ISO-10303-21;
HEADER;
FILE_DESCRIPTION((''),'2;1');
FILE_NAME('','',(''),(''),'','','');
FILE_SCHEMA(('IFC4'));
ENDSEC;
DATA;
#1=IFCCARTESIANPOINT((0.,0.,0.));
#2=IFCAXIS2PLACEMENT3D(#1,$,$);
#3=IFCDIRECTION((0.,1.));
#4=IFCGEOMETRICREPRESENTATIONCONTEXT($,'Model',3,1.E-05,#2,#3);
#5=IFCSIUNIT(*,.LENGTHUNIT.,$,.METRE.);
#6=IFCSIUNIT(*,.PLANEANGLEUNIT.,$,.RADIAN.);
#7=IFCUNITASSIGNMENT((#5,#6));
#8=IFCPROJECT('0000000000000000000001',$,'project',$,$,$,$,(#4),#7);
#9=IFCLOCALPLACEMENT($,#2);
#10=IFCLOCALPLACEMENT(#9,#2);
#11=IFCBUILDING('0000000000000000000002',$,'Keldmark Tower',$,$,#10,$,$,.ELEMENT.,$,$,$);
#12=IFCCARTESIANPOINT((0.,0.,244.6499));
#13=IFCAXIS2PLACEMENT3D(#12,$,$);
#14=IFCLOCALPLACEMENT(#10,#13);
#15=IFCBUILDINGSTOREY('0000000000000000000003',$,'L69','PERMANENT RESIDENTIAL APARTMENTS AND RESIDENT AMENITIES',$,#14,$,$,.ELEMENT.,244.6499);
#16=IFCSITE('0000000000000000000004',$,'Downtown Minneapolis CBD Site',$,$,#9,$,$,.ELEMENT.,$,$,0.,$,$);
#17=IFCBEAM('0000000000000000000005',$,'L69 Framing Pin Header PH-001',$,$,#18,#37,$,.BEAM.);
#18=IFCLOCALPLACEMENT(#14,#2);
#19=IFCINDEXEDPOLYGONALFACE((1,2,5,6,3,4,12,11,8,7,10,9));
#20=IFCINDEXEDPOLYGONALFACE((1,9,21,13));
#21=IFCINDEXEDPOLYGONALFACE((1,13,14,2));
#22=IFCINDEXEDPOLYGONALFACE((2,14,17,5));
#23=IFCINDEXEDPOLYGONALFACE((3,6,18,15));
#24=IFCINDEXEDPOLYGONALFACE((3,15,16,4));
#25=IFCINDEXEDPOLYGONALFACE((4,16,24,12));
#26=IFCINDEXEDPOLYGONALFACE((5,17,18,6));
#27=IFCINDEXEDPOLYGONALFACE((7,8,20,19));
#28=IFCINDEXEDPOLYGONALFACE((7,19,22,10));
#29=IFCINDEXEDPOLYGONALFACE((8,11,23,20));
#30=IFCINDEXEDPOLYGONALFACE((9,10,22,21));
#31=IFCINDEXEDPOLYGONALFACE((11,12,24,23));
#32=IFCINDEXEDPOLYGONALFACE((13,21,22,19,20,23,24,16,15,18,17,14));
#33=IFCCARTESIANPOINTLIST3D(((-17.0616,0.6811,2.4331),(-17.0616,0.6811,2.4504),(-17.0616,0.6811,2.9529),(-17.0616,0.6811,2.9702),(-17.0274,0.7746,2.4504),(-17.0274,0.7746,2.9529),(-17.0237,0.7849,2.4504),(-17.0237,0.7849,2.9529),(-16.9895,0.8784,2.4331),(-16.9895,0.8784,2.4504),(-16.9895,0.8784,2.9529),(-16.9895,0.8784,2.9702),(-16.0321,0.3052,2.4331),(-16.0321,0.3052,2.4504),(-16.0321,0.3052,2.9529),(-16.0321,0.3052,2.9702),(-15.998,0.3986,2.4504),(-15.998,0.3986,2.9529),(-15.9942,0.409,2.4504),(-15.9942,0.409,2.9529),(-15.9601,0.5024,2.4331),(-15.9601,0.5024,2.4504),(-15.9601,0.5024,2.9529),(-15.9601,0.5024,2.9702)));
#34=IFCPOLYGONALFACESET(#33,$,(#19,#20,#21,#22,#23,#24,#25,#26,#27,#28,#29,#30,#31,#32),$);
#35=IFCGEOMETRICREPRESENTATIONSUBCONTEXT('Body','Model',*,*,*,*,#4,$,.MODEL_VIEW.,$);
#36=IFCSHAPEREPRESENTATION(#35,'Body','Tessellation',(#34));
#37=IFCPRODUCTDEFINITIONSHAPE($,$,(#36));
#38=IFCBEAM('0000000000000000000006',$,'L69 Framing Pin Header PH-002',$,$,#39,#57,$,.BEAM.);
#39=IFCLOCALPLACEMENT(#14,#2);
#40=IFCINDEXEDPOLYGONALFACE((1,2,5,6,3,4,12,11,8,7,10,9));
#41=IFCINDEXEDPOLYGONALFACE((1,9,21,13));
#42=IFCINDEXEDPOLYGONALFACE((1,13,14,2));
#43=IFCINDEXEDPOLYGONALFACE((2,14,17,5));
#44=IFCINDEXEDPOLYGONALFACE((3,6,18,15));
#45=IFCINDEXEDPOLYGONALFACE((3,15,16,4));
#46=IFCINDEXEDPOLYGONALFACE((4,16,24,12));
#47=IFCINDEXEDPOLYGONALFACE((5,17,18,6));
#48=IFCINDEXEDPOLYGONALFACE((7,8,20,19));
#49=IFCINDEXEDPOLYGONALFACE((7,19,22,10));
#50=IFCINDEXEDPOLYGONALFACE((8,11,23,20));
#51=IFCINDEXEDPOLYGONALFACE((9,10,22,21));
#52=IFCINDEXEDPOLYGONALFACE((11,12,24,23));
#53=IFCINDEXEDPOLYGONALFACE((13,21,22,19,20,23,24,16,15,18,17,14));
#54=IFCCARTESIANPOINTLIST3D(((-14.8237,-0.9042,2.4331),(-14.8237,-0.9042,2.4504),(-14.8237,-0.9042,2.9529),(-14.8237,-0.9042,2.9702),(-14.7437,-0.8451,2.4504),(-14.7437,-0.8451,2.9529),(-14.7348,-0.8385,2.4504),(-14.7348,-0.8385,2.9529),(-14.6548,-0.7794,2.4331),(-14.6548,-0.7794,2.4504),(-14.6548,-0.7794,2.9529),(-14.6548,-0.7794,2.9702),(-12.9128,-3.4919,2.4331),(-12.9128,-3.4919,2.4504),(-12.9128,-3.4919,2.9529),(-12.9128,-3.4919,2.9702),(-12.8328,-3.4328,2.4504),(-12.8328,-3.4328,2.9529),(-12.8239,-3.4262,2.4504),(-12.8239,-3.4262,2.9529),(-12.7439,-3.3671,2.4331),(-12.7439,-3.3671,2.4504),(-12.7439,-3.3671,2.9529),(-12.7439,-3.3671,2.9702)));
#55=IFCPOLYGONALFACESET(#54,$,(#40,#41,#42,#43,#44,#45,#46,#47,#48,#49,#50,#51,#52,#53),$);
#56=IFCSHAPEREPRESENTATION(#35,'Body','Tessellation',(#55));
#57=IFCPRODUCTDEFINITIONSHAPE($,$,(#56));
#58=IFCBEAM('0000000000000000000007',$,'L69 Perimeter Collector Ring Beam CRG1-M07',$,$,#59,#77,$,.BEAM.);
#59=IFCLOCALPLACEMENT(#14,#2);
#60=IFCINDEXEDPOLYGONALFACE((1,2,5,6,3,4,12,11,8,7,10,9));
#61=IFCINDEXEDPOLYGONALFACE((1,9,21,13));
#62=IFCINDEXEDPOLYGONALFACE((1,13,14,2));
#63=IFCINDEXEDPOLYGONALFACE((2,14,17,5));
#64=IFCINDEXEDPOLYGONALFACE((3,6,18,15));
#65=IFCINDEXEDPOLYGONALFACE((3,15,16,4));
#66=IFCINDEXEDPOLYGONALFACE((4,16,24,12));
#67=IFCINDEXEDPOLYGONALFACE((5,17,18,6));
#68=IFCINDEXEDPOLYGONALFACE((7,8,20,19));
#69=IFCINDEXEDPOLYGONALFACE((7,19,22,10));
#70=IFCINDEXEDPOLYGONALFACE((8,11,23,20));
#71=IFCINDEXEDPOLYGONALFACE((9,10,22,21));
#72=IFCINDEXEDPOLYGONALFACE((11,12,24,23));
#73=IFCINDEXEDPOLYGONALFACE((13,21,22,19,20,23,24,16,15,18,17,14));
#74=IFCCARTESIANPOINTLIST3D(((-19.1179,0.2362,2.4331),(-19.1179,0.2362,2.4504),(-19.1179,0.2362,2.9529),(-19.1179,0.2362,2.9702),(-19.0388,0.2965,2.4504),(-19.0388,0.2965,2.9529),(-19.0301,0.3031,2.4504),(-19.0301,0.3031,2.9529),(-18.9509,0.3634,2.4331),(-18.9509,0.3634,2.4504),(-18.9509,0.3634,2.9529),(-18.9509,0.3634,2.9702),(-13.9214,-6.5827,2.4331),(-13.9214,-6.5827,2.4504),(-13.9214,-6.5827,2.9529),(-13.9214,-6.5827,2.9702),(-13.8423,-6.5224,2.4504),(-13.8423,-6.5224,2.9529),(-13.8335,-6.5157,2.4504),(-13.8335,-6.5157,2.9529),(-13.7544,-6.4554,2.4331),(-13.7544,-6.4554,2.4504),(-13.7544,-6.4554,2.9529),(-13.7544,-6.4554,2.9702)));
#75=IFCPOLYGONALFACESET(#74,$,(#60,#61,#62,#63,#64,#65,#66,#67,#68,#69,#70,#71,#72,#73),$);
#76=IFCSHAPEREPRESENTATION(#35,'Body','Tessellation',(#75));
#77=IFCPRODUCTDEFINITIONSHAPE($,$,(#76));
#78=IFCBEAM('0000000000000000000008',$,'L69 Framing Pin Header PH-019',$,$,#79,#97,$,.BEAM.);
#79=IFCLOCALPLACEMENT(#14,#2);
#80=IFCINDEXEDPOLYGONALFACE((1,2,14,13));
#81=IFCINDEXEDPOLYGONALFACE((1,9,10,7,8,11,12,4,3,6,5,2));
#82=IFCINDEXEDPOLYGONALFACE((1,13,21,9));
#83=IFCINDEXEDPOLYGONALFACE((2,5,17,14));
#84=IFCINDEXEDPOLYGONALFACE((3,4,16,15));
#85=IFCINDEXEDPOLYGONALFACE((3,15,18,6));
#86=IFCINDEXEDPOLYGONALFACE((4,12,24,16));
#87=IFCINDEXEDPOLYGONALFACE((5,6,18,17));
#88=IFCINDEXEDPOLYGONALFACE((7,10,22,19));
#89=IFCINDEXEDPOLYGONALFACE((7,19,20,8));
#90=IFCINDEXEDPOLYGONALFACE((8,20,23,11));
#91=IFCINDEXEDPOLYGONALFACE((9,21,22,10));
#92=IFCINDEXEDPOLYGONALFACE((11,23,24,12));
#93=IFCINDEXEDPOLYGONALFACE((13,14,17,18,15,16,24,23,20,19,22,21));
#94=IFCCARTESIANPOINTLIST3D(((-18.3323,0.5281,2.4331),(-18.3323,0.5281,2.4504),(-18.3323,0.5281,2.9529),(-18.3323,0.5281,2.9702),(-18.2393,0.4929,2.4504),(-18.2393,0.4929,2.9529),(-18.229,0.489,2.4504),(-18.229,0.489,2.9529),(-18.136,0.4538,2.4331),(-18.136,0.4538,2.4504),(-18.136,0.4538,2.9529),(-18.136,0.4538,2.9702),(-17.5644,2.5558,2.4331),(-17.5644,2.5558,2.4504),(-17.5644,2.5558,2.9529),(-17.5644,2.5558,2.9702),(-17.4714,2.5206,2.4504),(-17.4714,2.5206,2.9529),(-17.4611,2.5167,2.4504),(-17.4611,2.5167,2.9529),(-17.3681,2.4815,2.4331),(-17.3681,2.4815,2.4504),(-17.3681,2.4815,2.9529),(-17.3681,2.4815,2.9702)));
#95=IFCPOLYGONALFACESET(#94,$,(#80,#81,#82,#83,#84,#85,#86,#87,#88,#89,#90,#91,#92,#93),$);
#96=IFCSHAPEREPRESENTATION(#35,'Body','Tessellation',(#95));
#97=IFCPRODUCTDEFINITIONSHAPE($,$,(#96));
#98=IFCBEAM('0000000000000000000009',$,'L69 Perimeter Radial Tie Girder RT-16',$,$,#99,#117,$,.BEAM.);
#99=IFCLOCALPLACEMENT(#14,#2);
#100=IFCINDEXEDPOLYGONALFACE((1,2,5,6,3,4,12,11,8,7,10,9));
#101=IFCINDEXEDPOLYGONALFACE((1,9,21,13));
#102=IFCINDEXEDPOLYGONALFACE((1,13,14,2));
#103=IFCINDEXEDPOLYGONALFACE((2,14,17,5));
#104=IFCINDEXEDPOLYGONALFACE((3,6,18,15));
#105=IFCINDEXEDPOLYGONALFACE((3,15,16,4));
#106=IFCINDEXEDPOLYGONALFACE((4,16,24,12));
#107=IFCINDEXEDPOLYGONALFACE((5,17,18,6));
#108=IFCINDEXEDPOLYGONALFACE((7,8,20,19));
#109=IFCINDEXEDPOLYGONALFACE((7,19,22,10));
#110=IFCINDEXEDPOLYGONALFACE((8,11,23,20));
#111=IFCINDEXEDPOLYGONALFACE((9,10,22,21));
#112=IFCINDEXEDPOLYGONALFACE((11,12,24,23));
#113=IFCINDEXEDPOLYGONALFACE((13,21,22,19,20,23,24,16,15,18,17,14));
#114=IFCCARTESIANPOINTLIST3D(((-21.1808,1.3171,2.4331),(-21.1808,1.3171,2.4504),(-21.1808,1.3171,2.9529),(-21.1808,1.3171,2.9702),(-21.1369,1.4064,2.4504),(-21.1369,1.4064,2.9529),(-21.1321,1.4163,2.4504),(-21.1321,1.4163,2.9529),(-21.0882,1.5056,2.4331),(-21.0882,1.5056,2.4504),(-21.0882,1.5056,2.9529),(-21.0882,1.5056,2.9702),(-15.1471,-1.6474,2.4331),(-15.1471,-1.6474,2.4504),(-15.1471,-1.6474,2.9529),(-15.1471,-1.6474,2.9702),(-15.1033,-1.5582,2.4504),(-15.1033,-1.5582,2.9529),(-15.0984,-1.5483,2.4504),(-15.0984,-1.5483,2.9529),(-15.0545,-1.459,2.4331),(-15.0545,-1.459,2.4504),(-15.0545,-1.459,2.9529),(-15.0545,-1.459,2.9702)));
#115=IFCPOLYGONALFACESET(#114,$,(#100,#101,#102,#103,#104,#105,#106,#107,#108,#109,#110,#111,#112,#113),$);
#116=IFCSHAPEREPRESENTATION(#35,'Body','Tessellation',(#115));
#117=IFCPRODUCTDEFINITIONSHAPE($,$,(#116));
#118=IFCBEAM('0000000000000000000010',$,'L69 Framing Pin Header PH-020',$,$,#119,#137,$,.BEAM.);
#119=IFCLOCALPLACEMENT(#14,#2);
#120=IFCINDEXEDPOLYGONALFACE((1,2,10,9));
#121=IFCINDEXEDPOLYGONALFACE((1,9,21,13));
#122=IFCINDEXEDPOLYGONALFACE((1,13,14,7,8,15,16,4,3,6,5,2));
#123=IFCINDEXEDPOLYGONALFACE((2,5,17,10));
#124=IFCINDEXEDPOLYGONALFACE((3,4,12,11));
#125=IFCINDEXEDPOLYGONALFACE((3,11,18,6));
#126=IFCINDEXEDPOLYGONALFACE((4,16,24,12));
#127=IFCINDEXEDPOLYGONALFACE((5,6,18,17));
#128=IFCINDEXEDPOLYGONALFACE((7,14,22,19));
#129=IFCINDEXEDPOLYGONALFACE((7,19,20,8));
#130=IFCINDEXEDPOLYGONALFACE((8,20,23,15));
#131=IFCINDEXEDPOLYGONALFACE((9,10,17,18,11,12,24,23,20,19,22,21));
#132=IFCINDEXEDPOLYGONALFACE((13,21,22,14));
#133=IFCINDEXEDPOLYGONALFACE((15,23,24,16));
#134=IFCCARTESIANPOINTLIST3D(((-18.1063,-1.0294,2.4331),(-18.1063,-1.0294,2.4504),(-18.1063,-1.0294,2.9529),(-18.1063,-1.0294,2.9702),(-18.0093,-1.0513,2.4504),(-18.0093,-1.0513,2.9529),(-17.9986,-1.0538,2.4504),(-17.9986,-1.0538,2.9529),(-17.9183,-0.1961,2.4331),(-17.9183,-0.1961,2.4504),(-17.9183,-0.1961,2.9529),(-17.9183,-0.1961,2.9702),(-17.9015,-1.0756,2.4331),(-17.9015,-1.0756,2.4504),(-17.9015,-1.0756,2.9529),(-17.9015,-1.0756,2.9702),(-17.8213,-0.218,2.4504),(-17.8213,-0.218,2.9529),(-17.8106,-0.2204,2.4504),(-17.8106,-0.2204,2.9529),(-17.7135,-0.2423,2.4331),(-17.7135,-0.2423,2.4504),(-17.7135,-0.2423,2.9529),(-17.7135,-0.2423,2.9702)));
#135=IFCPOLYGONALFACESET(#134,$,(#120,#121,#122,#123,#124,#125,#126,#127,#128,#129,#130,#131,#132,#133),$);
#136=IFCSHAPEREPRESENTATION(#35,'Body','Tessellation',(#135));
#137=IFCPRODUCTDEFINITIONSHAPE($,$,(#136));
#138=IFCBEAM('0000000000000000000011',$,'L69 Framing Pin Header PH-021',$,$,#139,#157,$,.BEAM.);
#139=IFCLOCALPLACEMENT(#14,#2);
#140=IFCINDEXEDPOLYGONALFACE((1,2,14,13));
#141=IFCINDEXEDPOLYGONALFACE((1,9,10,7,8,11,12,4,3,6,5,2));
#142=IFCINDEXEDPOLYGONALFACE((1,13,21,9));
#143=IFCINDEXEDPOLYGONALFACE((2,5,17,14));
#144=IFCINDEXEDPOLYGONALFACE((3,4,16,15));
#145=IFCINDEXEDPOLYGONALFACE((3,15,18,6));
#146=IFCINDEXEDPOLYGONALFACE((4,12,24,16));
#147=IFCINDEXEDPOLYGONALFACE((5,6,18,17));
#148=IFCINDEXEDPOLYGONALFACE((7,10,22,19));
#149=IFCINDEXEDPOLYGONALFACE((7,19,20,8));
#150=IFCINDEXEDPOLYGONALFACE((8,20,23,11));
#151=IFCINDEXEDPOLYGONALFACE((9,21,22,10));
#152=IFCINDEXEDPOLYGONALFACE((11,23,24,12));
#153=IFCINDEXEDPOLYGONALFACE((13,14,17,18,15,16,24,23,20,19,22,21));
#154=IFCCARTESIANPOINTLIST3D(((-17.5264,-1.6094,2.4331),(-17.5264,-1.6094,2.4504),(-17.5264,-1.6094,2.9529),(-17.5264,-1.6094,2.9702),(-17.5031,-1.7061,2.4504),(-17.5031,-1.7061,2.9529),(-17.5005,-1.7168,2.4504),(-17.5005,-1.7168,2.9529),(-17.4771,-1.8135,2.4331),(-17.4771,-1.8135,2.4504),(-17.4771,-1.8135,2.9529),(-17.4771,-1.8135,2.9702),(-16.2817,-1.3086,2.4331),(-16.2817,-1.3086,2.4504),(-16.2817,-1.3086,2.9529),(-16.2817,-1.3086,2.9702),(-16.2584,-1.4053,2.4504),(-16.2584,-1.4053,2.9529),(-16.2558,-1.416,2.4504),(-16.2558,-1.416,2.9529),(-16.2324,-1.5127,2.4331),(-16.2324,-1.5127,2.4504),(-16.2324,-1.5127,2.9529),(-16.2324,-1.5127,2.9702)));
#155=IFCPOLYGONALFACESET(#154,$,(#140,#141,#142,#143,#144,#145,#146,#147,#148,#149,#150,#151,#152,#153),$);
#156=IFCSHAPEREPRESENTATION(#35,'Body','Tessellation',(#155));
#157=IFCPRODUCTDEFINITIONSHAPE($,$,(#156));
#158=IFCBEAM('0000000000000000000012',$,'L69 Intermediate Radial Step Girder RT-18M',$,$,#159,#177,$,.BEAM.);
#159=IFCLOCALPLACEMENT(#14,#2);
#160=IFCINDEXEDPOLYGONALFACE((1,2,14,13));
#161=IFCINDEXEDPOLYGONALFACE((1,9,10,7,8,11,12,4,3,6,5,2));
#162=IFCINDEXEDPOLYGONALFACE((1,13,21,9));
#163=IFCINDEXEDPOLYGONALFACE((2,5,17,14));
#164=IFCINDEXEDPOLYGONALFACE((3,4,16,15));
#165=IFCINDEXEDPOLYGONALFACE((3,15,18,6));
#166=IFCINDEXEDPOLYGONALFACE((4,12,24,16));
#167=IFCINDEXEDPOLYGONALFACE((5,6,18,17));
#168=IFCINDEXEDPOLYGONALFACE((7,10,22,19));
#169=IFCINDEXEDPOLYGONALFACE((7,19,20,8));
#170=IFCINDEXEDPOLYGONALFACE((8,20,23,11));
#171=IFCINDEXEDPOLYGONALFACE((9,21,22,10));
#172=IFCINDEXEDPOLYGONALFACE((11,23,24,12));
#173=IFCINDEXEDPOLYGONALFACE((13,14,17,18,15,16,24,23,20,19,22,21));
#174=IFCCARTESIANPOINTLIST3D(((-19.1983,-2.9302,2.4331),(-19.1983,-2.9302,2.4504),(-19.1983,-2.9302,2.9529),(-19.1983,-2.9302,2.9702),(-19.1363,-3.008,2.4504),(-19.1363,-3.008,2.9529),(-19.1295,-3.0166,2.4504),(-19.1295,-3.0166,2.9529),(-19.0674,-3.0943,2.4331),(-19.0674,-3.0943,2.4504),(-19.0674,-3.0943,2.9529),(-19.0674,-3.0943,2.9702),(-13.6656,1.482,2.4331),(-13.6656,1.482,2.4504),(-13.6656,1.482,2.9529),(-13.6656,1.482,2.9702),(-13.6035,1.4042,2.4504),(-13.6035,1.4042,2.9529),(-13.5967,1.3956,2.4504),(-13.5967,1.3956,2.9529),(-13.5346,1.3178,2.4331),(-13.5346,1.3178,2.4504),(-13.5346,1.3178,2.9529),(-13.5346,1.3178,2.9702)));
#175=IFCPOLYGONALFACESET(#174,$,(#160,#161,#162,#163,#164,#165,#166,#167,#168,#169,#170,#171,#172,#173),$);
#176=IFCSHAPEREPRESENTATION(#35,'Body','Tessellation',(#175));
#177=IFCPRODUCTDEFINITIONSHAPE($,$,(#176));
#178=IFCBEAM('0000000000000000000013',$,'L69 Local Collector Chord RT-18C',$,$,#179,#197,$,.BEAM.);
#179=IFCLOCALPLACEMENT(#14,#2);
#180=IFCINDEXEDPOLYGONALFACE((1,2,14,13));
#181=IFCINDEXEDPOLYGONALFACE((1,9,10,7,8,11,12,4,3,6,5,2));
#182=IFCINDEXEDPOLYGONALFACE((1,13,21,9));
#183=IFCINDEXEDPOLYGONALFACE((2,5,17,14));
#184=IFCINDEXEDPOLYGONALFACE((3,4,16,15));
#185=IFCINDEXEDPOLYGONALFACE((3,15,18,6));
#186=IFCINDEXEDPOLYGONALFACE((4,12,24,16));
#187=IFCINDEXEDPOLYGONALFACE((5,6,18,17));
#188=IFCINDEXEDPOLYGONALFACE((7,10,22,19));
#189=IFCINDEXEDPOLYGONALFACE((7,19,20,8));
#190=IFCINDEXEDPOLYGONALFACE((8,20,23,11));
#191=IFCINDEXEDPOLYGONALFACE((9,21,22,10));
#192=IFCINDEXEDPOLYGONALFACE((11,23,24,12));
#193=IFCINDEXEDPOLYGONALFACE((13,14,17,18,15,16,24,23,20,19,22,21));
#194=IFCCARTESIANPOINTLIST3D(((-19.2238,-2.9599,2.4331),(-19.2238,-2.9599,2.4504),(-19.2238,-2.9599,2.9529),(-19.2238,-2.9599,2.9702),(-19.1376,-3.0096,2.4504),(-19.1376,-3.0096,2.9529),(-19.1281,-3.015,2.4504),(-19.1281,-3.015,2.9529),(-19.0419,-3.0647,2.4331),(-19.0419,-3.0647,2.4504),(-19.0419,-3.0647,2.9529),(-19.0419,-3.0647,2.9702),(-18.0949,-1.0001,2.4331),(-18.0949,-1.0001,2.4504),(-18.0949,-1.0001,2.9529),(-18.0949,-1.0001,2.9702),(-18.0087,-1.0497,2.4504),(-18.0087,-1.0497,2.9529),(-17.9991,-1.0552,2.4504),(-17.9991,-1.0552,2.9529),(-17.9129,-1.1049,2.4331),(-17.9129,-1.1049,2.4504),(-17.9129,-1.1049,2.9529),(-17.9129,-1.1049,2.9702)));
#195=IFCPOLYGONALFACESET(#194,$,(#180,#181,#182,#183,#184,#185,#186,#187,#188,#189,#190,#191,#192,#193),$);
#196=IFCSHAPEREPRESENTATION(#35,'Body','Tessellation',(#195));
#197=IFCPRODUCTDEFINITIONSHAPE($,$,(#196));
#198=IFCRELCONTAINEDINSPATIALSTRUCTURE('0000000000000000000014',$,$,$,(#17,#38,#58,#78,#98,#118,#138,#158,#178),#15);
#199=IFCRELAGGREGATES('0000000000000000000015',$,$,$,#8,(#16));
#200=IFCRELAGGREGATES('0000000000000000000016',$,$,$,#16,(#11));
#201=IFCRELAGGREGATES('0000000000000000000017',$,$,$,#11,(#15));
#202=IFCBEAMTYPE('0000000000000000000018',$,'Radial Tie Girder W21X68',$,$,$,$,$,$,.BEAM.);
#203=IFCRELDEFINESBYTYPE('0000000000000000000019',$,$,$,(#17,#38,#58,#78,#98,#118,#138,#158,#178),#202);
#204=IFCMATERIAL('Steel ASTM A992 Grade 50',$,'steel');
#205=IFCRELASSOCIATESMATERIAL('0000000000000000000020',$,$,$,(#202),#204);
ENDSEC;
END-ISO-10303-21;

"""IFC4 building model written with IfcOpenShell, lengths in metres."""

from ifc_helpers import new_model, si_unit, direction, frame, origin, origin_2d, place, context, subcontext, project, spatial, i_section, extrude, material, material_profile, profile_set, type_object, element, save


model = new_model("IFC4")

# Units and contexts
model_context = context("Model", 3, precision=1e-05, world=origin(), true_north=direction((0.0, 1.0)))
body_context = subcontext(model_context, "Body", "Model", "MODEL_VIEW")
ifc_project = project(units=[si_unit("LENGTHUNIT", "METRE"), si_unit("PLANEANGLEUNIT", "RADIAN")], contexts=[model_context])

# Site, building, storey
site_placement = place(None, origin())
site = spatial("IfcSite", under=ifc_project, at=site_placement, Name="Downtown Minneapolis CBD Site", CompositionType="ELEMENT", RefElevation=0.0)
building_placement = place(site_placement, origin())
building = spatial("IfcBuilding", under=site, at=building_placement, Name="Keldmark Tower", CompositionType="ELEMENT")
storey_placement = place(building_placement, frame((0.0, 0.0, 244.6499)))
storey = spatial("IfcBuildingStorey", under=building, at=storey_placement, Name="L69", Description="PERMANENT RESIDENTIAL APARTMENTS AND RESIDENT AMENITIES", CompositionType="ELEMENT", Elevation=244.6499)

# Beams
ifc_material_1 = material(Name="Steel ASTM A992 Grade 50", Category="steel")
ifc_material_profile_1 = material_profile(ifc_material_1, i_section(OverallWidth=0.21, OverallDepth=0.5371, WebThickness=0.011, FlangeThickness=0.0173, at=origin_2d()), Name="W21X68")
ifc_profile_set_1 = profile_set([ifc_material_profile_1], Name="Steel ASTM A992 Grade 50")
beam_type_1 = type_object("IfcBeamType", Name="Radial Tie Girder W21X68", PredefinedType="BEAM", material=ifc_profile_set_1)
beam_1_placement = place(storey_placement, frame((-15.9961, 0.4038, 2.7017), z_axis=(-0.939324, 0.34303, 0.0), x_axis=(-0.34303, -0.939324, 0.0)))
element("IfcBeam", 1, at=beam_1_placement, inside=storey, type_object=beam_type_1, Name="L69 Framing Pin Header PH-001", PredefinedType="BEAM", context=body_context, shape_type="SweptSolid", body=[
    extrude(i_section(OverallWidth=0.21, OverallDepth=0.5371, WebThickness=0.011, FlangeThickness=0.0173, at=origin_2d()), origin(), (0.0, 0.0, 1.0), 1.0959),
])
beam_2_placement = place(storey_placement, frame((-14.7393, -0.8418, 2.7017), z_axis=(0.594045, -0.804432, 0.0), x_axis=(0.804432, 0.594045, 0.0)))
element("IfcBeam", 2, at=beam_2_placement, inside=storey, type_object=beam_type_1, Name="L69 Framing Pin Header PH-002", PredefinedType="BEAM", context=body_context, shape_type="SweptSolid", body=[
    extrude(i_section(OverallWidth=0.21, OverallDepth=0.5371, WebThickness=0.011, FlangeThickness=0.0173, at=origin_2d()), origin(), (0.0, 0.0, 1.0), 3.2168),
])
beam_3_placement = place(storey_placement, frame((-19.0344, 0.2998, 2.7017), z_axis=(0.606133, -0.795363, 0.0), x_axis=(0.795363, 0.606133, 0.0)))
element("IfcBeam", 3, at=beam_3_placement, inside=storey, type_object=beam_type_1, Name="L69 Perimeter Collector Ring Beam CRG1-M07", PredefinedType="BEAM", context=body_context, shape_type="SweptSolid", body=[
    extrude(i_section(OverallWidth=0.21, OverallDepth=0.5371, WebThickness=0.011, FlangeThickness=0.0173, at=origin_2d()), origin(), (0.0, 0.0, 1.0), 8.5732),
])
beam_4_placement = place(storey_placement, frame((-18.2341, 0.491, 2.7017), z_axis=(0.354145, 0.935191, 0.0), x_axis=(-0.935191, 0.354145, 0.0)))
element("IfcBeam", 4, at=beam_4_placement, inside=storey, type_object=beam_type_1, Name="L69 Framing Pin Header PH-019", PredefinedType="BEAM", context=body_context, shape_type="SweptSolid", body=[
    extrude(i_section(OverallWidth=0.21, OverallDepth=0.5371, WebThickness=0.011, FlangeThickness=0.0173, at=origin_2d()), origin(), (0.0, 0.0, 1.0), 2.1682),
])
beam_5_placement = place(storey_placement, frame((-15.1008, -1.5532, 2.7017), z_axis=(-0.897514, 0.440985, 0.0), x_axis=(-0.440985, -0.897514, 0.0)))
element("IfcBeam", 5, at=beam_5_placement, inside=storey, type_object=beam_type_1, Name="L69 Perimeter Radial Tie Girder RT-16", PredefinedType="BEAM", context=body_context, shape_type="SweptSolid", body=[
    extrude(i_section(OverallWidth=0.21, OverallDepth=0.5371, WebThickness=0.011, FlangeThickness=0.0173, at=origin_2d()), origin(), (0.0, 0.0, 1.0), 6.7227),
])
beam_6_placement = place(storey_placement, frame((-17.8159, -0.2192, 2.7017), z_axis=(-0.220077, -0.975483, 0.0), x_axis=(0.975483, -0.220077, 0.0)))
element("IfcBeam", 6, at=beam_6_placement, inside=storey, type_object=beam_type_1, Name="L69 Framing Pin Header PH-020", PredefinedType="BEAM", context=body_context, shape_type="SweptSolid", body=[
    extrude(i_section(OverallWidth=0.21, OverallDepth=0.5371, WebThickness=0.011, FlangeThickness=0.0173, at=origin_2d()), origin(), (0.0, 0.0, 1.0), 0.8542),
])
beam_7_placement = place(storey_placement, frame((-16.2571, -1.4106, 2.7017), z_axis=(-0.972019, -0.234901, 0.0), x_axis=(0.234901, -0.972019, 0.0)))
element("IfcBeam", 7, at=beam_7_placement, inside=storey, type_object=beam_type_1, Name="L69 Framing Pin Header PH-021", PredefinedType="BEAM", context=body_context, shape_type="SweptSolid", body=[
    extrude(i_section(OverallWidth=0.21, OverallDepth=0.5371, WebThickness=0.011, FlangeThickness=0.0173, at=origin_2d()), origin(), (0.0, 0.0, 1.0), 1.2805),
])
beam_8_placement = place(storey_placement, frame((-13.6001, 1.3999, 2.7017), z_axis=(-0.781837, -0.623483, 0.0), x_axis=(0.623483, -0.781837, 0.0)))
element("IfcBeam", 8, at=beam_8_placement, inside=storey, type_object=beam_type_1, Name="L69 Intermediate Radial Step Girder RT-18M", PredefinedType="BEAM", context=body_context, shape_type="SweptSolid", body=[
    extrude(i_section(OverallWidth=0.21, OverallDepth=0.5371, WebThickness=0.011, FlangeThickness=0.0173, at=origin_2d()), origin(), (0.0, 0.0, 1.0), 7.0767),
])
beam_9_placement = place(storey_placement, frame((-18.0039, -1.0525, 2.7017), z_axis=(-0.499159, -0.866511, 0.0), x_axis=(0.866511, -0.499159, 0.0)))
element("IfcBeam", 9, at=beam_9_placement, inside=storey, type_object=beam_type_1, Name="L69 Local Collector Chord RT-18C", PredefinedType="BEAM", context=body_context, shape_type="SweptSolid", body=[
    extrude(i_section(OverallWidth=0.21, OverallDepth=0.5371, WebThickness=0.011, FlangeThickness=0.0173, at=origin_2d()), origin(), (0.0, 0.0, 1.0), 2.2617),
])

save(model, "model.ifc")
